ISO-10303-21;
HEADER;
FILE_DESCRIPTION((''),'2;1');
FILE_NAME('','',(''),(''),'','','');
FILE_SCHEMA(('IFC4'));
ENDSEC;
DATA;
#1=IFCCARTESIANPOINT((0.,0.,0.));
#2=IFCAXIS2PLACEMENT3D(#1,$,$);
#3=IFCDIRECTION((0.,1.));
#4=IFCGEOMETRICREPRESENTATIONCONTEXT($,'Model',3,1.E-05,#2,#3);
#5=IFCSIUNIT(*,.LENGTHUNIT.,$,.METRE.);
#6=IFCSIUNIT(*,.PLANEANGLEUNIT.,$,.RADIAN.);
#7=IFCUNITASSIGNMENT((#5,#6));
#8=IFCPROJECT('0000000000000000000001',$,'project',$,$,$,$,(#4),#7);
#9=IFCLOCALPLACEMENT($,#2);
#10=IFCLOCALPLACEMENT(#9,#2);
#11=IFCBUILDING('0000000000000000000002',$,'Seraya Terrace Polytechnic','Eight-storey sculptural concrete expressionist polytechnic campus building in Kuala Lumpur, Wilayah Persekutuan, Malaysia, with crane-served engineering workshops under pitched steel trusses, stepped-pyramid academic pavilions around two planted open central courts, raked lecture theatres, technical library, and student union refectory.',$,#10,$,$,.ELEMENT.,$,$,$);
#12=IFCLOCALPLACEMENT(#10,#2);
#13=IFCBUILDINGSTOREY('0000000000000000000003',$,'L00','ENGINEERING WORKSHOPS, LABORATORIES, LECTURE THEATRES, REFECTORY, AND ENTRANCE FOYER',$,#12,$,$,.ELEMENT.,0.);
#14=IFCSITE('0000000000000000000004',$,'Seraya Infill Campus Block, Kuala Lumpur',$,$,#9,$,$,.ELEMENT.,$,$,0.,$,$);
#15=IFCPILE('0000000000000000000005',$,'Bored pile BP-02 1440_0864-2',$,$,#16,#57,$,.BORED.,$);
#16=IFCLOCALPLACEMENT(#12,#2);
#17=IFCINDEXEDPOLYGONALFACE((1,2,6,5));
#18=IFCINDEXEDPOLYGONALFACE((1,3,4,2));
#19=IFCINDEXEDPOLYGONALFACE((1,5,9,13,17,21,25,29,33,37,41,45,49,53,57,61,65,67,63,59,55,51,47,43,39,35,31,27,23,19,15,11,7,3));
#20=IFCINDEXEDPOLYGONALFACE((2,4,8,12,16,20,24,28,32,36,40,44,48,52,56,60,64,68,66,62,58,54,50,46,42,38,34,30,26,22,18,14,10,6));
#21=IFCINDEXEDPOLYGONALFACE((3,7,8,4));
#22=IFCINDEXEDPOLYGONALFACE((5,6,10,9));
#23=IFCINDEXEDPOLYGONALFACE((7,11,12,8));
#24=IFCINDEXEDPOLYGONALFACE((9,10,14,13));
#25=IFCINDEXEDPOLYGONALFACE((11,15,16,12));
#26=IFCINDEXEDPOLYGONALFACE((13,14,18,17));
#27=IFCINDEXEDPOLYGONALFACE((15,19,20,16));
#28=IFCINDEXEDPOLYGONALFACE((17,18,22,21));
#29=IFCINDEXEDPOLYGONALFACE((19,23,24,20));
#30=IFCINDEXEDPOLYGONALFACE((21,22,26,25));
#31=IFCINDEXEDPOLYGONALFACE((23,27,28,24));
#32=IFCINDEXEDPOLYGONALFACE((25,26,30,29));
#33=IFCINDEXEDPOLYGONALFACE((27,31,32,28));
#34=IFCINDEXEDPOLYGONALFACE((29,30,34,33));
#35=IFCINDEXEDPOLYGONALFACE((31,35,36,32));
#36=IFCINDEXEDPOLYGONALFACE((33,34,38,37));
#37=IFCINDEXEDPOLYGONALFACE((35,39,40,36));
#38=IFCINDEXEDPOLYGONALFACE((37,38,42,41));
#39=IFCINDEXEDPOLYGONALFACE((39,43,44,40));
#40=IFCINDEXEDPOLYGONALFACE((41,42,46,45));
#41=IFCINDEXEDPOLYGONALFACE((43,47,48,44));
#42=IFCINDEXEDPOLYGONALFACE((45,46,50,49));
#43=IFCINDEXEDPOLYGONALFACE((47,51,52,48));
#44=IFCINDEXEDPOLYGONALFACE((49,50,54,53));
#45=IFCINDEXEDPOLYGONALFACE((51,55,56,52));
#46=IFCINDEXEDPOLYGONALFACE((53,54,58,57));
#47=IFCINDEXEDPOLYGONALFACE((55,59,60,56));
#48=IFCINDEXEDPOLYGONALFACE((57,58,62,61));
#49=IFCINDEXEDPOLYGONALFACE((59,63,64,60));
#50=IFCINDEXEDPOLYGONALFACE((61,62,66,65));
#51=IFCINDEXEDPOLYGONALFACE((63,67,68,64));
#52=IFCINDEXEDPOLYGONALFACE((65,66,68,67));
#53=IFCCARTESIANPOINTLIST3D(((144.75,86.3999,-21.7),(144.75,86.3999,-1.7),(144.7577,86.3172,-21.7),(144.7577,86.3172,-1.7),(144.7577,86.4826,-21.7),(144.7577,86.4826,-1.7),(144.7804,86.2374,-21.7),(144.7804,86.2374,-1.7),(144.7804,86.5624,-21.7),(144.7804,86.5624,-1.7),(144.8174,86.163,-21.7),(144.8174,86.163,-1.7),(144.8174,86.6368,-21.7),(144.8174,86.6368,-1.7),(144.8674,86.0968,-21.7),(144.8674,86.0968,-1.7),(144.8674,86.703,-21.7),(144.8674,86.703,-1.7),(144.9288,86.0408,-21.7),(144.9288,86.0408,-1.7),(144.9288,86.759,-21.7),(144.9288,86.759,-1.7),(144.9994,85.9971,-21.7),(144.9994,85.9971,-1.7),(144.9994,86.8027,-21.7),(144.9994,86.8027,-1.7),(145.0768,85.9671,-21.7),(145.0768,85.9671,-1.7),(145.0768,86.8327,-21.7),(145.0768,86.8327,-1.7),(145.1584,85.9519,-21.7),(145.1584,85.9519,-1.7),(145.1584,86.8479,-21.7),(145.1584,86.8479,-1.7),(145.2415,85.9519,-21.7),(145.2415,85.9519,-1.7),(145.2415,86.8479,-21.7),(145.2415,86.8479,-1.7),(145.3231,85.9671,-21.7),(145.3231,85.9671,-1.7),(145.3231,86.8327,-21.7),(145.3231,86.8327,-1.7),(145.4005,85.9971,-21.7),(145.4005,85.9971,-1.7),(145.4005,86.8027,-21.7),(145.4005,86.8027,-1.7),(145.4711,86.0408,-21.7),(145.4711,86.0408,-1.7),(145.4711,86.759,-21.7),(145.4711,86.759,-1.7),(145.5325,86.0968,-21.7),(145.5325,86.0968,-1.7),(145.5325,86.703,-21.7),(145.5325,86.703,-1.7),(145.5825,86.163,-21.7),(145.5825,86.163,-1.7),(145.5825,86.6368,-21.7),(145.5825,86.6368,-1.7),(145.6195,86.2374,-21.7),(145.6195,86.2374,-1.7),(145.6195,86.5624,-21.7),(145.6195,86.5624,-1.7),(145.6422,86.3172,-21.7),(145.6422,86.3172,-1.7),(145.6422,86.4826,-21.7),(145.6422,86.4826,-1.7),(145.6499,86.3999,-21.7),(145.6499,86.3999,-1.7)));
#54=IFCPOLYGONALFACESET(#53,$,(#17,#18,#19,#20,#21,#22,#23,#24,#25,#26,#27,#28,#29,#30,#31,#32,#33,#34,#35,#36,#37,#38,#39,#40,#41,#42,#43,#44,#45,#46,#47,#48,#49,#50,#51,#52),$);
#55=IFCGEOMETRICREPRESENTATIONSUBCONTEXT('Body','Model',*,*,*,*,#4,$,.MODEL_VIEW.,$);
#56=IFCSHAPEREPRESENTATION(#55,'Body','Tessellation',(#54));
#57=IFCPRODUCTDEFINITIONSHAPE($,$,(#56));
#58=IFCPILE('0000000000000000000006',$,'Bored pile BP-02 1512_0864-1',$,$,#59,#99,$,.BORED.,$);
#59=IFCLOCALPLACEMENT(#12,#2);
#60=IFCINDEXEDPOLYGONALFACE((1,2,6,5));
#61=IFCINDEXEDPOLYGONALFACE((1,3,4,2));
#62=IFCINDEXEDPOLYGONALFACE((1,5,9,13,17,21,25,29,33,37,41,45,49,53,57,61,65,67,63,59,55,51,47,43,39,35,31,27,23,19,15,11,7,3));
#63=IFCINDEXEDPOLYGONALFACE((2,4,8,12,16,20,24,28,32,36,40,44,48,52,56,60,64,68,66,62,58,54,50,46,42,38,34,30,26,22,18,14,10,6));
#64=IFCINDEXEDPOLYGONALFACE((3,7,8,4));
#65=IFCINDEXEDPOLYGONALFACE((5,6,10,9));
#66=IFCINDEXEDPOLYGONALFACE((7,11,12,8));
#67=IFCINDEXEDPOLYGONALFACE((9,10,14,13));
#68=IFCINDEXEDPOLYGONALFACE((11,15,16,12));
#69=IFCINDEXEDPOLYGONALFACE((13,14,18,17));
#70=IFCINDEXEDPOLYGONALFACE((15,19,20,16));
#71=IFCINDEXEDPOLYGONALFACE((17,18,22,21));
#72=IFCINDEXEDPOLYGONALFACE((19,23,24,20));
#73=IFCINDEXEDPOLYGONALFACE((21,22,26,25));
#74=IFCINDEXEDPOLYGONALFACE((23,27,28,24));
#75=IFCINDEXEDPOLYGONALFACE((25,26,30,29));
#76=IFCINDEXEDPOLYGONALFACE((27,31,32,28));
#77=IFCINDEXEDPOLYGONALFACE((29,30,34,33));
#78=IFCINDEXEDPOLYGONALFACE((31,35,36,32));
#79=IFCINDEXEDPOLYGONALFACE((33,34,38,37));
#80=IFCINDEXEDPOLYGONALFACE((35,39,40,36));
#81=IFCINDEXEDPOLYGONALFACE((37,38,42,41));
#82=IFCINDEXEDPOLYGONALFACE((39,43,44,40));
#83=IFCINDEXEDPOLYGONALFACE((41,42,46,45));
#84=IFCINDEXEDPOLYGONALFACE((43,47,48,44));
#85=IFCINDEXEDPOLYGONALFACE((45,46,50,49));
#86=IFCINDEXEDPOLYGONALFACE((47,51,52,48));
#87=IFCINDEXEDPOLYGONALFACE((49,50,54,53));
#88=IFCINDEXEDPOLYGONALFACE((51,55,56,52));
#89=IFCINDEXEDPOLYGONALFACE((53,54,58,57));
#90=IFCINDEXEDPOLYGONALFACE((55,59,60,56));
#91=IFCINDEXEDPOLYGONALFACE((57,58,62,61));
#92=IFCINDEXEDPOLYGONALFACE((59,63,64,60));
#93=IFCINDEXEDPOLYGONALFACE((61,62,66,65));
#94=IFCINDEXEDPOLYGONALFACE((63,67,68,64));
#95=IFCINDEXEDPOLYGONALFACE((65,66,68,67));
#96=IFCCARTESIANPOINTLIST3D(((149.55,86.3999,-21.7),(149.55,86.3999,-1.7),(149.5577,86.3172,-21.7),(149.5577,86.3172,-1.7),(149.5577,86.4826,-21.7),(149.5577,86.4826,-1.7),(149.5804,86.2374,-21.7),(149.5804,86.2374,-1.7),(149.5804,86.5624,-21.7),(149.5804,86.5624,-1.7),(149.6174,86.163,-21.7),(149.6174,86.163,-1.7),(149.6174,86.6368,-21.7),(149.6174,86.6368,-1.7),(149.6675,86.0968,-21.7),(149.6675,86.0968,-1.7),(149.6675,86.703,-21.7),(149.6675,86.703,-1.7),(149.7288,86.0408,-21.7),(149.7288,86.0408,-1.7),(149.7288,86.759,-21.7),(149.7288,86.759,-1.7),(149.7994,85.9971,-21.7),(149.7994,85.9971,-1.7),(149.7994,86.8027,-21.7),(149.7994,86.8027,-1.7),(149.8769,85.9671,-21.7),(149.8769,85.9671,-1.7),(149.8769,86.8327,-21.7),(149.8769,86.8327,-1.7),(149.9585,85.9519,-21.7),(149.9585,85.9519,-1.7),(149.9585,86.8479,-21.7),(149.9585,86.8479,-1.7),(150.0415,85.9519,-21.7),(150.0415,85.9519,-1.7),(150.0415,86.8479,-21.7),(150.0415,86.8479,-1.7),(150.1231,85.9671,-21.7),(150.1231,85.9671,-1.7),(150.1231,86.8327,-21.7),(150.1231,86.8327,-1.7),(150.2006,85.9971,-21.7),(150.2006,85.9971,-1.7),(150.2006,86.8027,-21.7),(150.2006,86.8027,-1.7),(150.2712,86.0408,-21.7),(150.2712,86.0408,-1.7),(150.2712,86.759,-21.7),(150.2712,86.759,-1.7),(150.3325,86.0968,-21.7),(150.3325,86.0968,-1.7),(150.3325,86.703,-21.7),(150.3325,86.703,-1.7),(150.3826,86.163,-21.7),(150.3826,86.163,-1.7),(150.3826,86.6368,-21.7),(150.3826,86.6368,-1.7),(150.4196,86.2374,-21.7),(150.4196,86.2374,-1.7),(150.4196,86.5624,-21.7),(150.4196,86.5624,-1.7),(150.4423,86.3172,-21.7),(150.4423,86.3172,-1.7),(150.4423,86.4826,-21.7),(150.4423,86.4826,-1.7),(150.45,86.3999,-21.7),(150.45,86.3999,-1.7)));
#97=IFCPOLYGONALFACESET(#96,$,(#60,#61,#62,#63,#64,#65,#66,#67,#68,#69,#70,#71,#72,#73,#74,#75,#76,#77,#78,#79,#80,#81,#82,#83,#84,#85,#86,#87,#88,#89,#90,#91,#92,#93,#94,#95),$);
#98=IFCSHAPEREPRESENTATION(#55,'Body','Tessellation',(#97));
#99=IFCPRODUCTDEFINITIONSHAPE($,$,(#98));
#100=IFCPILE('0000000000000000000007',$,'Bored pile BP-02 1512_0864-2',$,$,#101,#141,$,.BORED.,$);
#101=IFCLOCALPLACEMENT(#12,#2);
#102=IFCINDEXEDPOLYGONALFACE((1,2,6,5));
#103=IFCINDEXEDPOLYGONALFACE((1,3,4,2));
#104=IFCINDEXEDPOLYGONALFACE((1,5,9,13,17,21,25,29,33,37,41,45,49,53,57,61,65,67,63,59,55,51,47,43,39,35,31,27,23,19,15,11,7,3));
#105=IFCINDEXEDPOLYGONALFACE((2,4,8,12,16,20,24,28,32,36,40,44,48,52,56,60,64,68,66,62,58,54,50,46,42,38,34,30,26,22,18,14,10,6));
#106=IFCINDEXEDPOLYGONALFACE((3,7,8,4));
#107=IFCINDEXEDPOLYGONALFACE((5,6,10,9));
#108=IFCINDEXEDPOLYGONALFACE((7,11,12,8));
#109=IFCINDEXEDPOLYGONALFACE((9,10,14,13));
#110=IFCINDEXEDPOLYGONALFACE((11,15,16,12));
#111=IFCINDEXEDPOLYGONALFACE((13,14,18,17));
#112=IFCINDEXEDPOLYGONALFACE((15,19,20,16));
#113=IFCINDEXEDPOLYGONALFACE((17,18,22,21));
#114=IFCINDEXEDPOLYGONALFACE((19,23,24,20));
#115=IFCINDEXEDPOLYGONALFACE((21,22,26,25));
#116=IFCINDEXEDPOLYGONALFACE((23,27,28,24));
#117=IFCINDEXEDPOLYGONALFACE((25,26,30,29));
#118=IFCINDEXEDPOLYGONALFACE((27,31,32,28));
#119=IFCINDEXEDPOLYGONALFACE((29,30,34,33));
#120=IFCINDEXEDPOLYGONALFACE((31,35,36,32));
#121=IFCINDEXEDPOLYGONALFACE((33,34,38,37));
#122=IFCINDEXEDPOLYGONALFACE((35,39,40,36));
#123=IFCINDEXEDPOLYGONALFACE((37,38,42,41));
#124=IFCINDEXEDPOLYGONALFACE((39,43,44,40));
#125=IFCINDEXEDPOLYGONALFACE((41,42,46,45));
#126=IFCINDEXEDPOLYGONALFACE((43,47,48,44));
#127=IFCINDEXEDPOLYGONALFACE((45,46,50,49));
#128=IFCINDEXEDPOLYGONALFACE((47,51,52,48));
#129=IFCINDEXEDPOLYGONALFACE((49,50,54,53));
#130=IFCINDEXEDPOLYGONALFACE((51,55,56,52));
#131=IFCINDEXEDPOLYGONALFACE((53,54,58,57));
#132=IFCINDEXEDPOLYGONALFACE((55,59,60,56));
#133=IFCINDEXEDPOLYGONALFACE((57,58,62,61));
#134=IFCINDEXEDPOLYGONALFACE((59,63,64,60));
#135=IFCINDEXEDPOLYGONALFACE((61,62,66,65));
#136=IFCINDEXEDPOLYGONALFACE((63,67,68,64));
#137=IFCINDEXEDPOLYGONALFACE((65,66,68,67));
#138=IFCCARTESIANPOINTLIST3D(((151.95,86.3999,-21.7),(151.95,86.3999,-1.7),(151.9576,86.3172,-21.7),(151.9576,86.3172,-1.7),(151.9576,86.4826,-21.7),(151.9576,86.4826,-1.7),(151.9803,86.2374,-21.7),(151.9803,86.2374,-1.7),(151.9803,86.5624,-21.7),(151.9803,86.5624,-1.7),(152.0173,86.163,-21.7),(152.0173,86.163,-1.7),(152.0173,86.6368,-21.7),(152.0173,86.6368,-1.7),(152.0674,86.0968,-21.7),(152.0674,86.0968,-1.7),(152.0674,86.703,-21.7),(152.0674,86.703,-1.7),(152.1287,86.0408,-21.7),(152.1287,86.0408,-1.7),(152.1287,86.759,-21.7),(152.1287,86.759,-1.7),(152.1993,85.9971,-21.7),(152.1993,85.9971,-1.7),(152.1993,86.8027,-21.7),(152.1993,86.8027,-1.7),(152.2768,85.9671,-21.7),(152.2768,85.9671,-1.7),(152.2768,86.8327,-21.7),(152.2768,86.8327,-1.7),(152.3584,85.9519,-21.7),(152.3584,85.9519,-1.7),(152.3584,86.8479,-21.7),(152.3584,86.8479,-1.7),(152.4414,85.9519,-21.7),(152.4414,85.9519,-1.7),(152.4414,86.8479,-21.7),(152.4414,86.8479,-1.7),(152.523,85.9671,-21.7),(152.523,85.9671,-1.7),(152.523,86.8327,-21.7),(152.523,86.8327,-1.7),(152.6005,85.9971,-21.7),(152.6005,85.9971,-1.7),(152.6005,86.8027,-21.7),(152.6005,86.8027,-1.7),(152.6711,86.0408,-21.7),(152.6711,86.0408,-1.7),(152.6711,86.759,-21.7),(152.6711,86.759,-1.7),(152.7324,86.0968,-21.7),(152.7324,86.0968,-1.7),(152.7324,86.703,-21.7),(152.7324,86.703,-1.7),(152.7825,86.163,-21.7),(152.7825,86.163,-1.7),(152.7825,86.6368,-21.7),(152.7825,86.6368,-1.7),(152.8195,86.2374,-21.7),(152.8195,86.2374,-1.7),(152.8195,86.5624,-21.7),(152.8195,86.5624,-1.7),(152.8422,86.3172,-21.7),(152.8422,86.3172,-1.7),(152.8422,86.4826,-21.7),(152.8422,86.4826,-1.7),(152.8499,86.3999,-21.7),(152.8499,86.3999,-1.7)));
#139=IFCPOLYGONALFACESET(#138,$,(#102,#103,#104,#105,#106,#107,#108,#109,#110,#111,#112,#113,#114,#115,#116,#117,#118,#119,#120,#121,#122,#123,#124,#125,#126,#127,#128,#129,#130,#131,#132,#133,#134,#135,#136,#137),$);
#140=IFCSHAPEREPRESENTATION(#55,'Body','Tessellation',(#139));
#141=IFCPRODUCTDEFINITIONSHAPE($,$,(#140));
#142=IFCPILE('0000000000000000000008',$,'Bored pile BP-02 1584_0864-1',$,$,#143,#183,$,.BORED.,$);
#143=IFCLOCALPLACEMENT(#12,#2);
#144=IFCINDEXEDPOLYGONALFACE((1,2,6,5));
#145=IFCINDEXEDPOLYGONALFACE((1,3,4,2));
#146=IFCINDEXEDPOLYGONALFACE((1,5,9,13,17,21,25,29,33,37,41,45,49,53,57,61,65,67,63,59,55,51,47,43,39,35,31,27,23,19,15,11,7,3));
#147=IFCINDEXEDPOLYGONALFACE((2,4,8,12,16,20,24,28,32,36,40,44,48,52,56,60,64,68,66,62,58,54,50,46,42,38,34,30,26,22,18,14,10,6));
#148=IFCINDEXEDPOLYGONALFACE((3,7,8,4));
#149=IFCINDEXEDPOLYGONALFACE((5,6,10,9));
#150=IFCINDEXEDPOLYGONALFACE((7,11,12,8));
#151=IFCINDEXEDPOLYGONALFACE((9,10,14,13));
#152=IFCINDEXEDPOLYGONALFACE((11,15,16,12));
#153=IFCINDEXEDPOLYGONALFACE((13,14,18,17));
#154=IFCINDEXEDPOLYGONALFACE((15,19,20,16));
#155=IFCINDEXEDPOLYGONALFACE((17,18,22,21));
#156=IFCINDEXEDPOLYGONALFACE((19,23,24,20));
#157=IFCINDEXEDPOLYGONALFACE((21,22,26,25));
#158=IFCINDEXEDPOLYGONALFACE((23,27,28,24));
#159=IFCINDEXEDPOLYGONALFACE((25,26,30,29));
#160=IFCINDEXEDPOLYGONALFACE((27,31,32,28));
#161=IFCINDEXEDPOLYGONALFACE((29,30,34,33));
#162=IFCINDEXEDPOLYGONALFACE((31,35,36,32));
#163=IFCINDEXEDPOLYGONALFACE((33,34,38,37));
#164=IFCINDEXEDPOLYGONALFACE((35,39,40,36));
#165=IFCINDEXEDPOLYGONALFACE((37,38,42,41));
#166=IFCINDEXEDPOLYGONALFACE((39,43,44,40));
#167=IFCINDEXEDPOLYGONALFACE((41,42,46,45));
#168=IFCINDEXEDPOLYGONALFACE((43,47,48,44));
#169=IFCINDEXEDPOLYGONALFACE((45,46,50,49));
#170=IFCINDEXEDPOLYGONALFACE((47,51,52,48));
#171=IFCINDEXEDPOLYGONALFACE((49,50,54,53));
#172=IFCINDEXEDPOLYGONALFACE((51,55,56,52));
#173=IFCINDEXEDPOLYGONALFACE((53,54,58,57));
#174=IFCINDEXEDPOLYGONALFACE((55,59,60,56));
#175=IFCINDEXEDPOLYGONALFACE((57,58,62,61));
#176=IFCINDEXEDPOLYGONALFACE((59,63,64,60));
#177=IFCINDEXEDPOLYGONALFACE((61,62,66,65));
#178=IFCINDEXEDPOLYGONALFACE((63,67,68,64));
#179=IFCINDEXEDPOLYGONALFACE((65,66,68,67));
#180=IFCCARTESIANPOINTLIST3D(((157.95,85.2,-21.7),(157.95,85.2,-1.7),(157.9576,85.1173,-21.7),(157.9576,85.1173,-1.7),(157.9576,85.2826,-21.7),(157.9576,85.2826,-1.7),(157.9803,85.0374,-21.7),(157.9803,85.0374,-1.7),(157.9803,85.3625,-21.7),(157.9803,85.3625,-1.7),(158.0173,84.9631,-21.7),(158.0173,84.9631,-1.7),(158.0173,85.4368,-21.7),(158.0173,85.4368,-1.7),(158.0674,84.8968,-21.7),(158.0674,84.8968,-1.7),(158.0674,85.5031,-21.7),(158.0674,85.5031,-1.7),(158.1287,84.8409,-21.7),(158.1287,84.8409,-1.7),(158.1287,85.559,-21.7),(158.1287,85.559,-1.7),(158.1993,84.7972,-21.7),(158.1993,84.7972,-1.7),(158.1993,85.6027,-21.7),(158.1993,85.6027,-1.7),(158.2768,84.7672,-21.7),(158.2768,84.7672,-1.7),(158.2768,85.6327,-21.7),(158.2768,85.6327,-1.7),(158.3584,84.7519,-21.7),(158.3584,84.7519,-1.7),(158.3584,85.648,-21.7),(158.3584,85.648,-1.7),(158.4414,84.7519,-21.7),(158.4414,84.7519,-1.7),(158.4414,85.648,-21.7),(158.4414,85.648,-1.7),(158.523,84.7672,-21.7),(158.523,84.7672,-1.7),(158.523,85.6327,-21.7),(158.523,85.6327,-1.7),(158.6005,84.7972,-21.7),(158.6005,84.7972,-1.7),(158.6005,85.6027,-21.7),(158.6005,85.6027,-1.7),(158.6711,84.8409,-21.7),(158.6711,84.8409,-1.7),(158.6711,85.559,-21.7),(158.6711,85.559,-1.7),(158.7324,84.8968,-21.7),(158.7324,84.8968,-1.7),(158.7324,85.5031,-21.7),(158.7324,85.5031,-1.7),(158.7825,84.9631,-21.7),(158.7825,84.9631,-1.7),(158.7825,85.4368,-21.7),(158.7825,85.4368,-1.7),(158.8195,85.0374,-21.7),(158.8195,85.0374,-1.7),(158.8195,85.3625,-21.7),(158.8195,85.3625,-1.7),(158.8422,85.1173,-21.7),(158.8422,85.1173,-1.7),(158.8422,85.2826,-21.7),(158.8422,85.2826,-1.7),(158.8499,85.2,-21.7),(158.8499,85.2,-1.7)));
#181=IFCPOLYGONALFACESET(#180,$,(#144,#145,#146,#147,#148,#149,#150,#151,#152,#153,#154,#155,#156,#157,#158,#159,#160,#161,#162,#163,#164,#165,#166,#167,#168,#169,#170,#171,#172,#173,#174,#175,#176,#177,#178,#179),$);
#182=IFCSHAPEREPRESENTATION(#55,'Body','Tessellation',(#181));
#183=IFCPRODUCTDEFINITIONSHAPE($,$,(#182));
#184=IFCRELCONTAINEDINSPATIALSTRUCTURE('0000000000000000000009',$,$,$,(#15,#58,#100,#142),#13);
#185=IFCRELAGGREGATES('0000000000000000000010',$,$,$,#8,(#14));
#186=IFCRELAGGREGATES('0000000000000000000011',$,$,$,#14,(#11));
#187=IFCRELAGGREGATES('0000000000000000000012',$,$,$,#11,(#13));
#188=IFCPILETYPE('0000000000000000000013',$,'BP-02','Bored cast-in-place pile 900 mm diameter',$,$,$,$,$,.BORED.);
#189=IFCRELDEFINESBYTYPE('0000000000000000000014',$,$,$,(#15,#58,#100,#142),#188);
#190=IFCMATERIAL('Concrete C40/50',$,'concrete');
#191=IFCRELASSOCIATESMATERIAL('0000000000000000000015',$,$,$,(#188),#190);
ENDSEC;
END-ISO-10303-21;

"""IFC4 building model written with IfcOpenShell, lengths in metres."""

from ifc_helpers import new_model, si_unit, direction, frame, origin, origin_2d, place, context, subcontext, project, spatial, circle, extrude, material, material_profile, profile_set, type_object, element, save


model = new_model("IFC4")

# Units and contexts
model_context = context("Model", 3, precision=1e-05, world=origin(), true_north=direction((0.0, 1.0)))
body_context = subcontext(model_context, "Body", "Model", "MODEL_VIEW")
ifc_project = project(units=[si_unit("LENGTHUNIT", "METRE"), si_unit("PLANEANGLEUNIT", "RADIAN")], contexts=[model_context])

# Site, building, storey
site_placement = place(None, origin())
site = spatial("IfcSite", under=ifc_project, at=site_placement, Name="Seraya Infill Campus Block, Kuala Lumpur", CompositionType="ELEMENT", RefElevation=0.0)
building_placement = place(site_placement, origin())
building = spatial("IfcBuilding", under=site, at=building_placement, Name="Seraya Terrace Polytechnic", Description="Eight-storey sculptural concrete expressionist polytechnic campus building in Kuala Lumpur, Wilayah Persekutuan, Malaysia, with crane-served engineering workshops under pitched steel trusses, stepped-pyramid academic pavilions around two planted open central courts, raked lecture theatres, technical library, and student union refectory.", CompositionType="ELEMENT")
storey_placement = place(building_placement, origin())
storey = spatial("IfcBuildingStorey", under=building, at=storey_placement, Name="L00", Description="ENGINEERING WORKSHOPS, LABORATORIES, LECTURE THEATRES, REFECTORY, AND ENTRANCE FOYER", CompositionType="ELEMENT", Elevation=0.0)

# Piles
ifc_material_1 = material(Name="Concrete C40/50", Category="concrete")
ifc_material_profile_1 = material_profile(ifc_material_1, circle(Radius=0.45, at=origin_2d()), Name="DIA 900")
ifc_profile_set_1 = profile_set([ifc_material_profile_1], Name="Concrete C40/50")
pile_type = type_object("IfcPileType", Name="BP-02", Description="Bored cast-in-place pile 900 mm diameter", PredefinedType="BORED", material=ifc_profile_set_1)
for number, where, z_axis, x_axis, name in (
    (1, (145.2, 86.3999, -1.7), (0.0, 0.0, -1.0), (1.0, 0.0, 0.0), "Bored pile BP-02 1440_0864-2"),
    (2, (150.0, 86.3999, -1.7), (0.0, 0.0, -1.0), (1.0, 0.0, 0.0), "Bored pile BP-02 1512_0864-1"),
    (3, (152.3999, 86.3999, -1.7), (0.0, 0.0, -1.0), (1.0, 0.0, 0.0), "Bored pile BP-02 1512_0864-2"),
    (4, (158.3999, 85.2, -1.7), (0.0, 0.0, -1.0), (1.0, 0.0, 0.0), "Bored pile BP-02 1584_0864-1"),
):
    element("IfcPile", number, at=place(storey_placement, frame(where, z_axis=z_axis, x_axis=x_axis)), inside=storey, type_object=pile_type, Name=name, PredefinedType="BORED", context=body_context, shape_type="SweptSolid", body=[
        extrude(circle(Radius=0.45, at=origin_2d()), origin(), (0.0, 0.0, 1.0), 20.0),
    ])

save(model, "model.ifc")
